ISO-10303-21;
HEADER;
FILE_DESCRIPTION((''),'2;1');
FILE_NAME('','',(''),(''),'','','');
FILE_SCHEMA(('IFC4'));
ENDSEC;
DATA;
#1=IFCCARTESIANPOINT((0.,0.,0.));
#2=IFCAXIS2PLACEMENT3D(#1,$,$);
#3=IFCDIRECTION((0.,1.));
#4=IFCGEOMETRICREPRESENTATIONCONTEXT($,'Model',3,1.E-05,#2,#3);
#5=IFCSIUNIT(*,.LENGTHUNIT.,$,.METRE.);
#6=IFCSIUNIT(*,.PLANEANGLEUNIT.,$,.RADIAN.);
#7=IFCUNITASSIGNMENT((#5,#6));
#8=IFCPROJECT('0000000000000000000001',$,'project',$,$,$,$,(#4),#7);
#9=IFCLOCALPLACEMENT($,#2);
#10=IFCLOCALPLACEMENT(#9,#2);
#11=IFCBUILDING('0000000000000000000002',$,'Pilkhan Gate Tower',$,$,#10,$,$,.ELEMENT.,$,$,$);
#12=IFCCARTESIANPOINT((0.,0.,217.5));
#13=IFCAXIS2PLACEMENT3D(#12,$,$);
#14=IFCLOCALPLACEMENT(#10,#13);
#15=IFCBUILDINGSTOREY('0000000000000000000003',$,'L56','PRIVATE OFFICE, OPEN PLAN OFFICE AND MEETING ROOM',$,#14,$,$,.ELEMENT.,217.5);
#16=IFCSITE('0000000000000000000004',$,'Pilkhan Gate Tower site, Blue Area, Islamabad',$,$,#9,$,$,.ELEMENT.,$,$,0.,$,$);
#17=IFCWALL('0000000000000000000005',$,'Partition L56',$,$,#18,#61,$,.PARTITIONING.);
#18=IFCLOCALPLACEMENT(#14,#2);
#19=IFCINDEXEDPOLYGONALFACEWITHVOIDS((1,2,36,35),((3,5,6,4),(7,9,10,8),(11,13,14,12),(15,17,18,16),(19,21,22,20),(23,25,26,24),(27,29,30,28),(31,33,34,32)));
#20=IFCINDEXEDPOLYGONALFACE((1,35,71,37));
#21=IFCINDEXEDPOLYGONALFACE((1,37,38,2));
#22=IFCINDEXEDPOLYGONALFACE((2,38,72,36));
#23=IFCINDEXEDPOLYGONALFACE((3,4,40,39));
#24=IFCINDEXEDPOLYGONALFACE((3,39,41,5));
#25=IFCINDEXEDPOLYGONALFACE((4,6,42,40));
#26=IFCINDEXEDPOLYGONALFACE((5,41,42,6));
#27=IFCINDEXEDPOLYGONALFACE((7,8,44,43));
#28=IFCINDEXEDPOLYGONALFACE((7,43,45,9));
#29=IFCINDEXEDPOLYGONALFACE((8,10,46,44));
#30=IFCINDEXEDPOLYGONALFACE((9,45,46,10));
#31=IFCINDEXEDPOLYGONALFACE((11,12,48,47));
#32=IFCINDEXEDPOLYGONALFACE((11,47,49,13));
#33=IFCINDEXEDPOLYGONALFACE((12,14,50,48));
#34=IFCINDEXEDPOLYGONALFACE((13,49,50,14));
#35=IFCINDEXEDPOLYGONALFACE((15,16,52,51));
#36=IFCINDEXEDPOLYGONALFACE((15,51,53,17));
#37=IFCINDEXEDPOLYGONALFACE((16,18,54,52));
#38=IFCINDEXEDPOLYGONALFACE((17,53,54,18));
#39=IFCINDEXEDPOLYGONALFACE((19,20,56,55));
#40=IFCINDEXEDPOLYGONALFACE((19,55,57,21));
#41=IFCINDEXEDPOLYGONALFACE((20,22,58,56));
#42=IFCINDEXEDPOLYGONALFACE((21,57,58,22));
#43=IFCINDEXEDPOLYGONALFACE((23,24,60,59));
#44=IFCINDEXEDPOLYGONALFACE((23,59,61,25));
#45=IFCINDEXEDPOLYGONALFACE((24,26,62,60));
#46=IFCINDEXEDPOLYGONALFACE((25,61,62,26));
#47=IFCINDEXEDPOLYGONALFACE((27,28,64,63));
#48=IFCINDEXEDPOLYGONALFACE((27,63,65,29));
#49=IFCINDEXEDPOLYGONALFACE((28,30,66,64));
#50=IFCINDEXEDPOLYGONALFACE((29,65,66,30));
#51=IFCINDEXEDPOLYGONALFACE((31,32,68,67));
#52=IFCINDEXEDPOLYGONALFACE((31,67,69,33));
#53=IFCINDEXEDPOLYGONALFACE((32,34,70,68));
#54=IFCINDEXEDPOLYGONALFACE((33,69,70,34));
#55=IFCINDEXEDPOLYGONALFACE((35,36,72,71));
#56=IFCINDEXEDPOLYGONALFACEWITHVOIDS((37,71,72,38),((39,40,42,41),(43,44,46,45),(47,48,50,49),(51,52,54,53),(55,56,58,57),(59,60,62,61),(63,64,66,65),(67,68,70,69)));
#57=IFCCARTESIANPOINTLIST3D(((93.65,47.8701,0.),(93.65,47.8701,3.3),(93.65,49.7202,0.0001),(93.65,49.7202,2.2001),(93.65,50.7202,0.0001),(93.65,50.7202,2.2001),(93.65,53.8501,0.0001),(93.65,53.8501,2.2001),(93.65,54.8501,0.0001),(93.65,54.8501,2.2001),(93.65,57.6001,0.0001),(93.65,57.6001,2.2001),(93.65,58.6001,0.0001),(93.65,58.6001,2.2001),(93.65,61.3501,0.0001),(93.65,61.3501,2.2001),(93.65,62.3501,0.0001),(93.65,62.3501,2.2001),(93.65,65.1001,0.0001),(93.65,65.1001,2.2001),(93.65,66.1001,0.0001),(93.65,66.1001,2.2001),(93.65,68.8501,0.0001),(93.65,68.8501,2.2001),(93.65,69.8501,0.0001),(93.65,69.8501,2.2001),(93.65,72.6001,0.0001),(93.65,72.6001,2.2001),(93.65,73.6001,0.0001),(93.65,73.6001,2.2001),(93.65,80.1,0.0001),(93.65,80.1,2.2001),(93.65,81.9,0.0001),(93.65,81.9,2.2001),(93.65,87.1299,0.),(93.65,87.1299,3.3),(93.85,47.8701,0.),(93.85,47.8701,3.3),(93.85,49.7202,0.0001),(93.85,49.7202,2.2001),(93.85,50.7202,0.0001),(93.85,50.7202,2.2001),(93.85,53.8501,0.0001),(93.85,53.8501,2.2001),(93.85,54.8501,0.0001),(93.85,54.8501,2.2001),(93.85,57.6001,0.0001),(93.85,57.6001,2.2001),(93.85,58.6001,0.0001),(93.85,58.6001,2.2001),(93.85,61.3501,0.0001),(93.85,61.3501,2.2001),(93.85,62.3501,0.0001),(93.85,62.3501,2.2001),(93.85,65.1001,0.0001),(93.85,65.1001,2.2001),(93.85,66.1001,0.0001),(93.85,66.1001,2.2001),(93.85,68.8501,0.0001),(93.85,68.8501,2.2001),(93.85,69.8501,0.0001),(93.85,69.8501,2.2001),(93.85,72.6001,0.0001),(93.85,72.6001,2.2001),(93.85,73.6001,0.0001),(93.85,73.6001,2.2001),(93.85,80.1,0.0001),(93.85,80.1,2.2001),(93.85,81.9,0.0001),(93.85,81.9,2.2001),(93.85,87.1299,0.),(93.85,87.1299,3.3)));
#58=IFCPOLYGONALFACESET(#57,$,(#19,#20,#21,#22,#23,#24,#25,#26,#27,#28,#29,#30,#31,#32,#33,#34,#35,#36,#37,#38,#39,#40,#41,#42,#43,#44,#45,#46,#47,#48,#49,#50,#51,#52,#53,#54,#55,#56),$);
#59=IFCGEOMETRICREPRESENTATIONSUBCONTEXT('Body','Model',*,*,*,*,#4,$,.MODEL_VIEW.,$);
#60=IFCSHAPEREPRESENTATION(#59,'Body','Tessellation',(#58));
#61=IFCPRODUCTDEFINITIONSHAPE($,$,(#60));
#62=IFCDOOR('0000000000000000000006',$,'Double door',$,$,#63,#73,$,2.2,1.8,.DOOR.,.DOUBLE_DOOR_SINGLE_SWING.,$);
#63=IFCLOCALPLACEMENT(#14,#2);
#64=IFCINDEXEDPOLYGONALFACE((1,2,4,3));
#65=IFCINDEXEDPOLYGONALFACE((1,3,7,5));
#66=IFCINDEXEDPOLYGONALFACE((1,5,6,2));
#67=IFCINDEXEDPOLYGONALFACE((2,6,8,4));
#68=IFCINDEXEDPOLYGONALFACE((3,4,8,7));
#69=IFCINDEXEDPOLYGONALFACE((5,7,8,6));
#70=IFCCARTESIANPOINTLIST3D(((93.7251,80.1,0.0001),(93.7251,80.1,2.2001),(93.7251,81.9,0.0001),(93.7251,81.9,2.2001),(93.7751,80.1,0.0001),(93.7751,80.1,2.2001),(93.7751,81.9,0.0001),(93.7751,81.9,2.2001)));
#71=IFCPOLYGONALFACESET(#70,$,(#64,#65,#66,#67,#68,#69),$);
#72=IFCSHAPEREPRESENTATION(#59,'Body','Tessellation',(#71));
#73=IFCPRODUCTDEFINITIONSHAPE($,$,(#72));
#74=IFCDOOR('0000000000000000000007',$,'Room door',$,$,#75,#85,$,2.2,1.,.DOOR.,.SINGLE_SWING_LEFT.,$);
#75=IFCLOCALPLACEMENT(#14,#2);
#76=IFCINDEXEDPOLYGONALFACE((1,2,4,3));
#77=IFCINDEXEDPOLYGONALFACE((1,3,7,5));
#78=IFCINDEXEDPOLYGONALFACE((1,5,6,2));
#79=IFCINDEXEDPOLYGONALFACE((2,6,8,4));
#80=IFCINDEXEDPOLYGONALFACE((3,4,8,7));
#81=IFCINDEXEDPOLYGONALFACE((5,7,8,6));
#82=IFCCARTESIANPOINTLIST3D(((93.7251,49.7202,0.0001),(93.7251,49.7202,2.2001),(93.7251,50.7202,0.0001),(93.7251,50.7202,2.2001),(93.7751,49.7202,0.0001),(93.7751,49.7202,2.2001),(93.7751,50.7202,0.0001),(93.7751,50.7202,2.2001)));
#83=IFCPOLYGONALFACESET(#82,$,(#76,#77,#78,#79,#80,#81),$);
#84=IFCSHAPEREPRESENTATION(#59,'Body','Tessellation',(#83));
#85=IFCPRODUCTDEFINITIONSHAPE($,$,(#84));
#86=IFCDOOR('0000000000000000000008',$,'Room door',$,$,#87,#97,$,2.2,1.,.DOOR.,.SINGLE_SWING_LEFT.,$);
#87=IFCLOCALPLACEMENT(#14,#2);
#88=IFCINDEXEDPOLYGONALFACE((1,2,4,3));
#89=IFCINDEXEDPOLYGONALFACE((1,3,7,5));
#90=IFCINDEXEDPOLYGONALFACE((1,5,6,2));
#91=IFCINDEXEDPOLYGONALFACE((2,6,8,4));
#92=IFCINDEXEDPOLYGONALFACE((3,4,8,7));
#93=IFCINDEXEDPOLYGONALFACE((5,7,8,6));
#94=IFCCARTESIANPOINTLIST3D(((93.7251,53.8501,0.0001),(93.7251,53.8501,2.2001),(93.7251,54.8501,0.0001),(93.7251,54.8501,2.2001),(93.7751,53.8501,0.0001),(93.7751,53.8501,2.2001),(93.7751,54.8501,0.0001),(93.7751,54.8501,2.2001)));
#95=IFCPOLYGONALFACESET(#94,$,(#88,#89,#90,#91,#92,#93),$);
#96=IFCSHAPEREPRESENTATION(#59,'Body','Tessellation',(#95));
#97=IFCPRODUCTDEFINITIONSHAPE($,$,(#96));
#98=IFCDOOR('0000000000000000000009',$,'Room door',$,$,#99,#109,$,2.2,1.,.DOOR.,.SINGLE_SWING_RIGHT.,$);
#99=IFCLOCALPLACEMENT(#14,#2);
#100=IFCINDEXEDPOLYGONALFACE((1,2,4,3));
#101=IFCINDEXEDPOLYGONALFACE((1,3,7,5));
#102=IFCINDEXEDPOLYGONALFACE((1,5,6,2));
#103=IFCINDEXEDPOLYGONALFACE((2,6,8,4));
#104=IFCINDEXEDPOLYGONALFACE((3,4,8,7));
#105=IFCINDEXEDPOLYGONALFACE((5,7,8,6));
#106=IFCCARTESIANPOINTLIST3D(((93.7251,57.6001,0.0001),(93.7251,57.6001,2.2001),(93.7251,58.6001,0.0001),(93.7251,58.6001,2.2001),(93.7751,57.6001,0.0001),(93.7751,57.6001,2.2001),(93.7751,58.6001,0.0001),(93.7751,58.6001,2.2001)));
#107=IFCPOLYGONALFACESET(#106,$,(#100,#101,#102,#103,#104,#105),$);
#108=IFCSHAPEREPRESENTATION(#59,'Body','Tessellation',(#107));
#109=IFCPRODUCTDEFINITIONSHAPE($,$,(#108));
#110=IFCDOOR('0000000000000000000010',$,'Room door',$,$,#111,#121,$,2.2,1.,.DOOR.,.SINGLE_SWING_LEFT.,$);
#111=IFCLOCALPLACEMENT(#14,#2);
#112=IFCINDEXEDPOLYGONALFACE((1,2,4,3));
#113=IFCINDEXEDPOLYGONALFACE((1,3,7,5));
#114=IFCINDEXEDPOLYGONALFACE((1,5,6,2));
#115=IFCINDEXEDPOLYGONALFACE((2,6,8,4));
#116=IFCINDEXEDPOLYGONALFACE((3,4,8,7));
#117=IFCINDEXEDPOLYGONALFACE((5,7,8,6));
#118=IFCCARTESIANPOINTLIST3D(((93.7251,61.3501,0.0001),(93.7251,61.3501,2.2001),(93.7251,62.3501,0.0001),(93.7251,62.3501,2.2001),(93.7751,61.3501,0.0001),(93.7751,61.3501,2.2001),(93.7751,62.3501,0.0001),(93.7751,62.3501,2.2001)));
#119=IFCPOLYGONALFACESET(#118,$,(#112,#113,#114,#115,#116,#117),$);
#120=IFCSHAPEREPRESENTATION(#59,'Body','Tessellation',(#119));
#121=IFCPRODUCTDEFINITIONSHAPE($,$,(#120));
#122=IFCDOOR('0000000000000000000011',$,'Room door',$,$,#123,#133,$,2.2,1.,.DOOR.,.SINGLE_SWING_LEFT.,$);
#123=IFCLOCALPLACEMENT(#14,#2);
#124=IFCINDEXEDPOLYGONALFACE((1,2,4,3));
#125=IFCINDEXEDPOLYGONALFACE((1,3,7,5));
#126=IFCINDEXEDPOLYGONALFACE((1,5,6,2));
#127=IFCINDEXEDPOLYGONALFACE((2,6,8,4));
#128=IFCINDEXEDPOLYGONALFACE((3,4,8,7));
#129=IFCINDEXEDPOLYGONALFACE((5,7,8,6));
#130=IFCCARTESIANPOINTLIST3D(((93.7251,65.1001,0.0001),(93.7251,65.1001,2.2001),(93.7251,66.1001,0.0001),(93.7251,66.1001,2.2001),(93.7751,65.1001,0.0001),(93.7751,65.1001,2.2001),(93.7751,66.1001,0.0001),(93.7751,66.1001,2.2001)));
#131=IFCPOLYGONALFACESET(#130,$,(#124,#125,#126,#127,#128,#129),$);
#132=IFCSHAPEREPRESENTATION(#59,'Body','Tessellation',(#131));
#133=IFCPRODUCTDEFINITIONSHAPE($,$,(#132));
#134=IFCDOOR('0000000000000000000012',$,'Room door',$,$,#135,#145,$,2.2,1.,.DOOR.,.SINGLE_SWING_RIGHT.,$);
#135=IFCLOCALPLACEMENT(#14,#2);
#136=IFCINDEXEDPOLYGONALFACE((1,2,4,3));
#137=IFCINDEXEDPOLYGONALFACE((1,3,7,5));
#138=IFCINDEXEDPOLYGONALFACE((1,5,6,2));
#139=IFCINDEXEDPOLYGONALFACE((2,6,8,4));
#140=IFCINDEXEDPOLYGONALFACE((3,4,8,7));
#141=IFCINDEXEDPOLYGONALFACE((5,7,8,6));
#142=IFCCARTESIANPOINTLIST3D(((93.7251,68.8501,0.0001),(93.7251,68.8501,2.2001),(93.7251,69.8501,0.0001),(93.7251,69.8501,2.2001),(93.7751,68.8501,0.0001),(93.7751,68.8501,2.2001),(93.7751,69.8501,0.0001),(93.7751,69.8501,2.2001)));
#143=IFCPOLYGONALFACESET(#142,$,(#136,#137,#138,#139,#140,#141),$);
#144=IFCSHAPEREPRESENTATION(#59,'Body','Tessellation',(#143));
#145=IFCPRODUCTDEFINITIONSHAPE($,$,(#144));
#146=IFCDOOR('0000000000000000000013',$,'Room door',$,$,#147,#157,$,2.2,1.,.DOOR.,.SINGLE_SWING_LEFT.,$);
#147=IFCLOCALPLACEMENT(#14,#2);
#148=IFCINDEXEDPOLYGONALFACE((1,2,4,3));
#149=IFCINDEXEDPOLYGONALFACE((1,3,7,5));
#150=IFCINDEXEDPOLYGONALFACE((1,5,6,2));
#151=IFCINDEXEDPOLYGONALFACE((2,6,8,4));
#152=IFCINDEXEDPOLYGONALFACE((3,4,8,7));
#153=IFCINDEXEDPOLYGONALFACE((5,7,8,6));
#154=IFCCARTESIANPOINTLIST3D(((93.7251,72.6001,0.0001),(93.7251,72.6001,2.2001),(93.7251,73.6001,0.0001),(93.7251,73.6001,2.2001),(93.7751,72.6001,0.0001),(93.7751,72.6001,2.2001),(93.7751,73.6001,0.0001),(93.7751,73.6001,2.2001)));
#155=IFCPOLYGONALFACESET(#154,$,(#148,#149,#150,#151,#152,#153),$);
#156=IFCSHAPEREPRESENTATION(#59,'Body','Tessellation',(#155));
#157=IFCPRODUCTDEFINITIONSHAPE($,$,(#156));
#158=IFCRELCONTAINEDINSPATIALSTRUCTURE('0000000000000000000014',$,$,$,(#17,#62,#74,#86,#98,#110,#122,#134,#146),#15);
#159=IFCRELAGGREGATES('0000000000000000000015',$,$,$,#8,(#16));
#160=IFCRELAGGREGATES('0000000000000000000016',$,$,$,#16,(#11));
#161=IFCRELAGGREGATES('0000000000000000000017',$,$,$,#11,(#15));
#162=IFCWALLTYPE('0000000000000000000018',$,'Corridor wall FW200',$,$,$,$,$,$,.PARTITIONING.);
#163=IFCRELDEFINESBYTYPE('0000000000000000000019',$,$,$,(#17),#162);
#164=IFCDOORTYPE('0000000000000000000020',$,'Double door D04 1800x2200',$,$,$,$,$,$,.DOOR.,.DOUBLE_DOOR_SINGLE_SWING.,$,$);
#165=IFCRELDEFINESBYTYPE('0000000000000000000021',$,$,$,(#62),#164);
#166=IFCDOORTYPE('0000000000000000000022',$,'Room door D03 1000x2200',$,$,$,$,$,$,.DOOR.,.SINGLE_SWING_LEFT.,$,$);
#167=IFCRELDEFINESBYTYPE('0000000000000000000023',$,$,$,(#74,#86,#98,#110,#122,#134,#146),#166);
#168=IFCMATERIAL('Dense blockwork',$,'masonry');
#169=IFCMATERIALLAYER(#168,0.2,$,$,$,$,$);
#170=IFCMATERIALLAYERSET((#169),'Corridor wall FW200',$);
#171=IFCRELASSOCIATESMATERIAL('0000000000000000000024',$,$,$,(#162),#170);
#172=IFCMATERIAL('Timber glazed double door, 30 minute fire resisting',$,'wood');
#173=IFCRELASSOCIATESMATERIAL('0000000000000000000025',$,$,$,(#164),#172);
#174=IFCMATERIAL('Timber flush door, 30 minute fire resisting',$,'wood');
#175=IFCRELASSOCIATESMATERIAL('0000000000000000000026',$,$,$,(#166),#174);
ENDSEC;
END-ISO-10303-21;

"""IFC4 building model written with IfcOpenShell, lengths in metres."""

from ifc_helpers import new_model, si_unit, direction, frame, frame_2d, origin, place, context, subcontext, project, spatial, rectangle, extrude, material, layer, layer_set, type_object, element, fill, save


model = new_model("IFC4")

# Units and contexts
model_context = context("Model", 3, precision=1e-05, world=origin(), true_north=direction((0.0, 1.0)))
body_context = subcontext(model_context, "Body", "Model", "MODEL_VIEW")
ifc_project = project(units=[si_unit("LENGTHUNIT", "METRE"), si_unit("PLANEANGLEUNIT", "RADIAN")], contexts=[model_context])

# Site, building, storey
site_placement = place(None, origin())
site = spatial("IfcSite", under=ifc_project, at=site_placement, Name="Pilkhan Gate Tower site, Blue Area, Islamabad", CompositionType="ELEMENT", RefElevation=0.0)
building_placement = place(site_placement, origin())
building = spatial("IfcBuilding", under=site, at=building_placement, Name="Pilkhan Gate Tower", CompositionType="ELEMENT")
storey_placement = place(building_placement, frame((0.0, 0.0, 217.5)))
storey = spatial("IfcBuildingStorey", under=building, at=storey_placement, Name="L56", Description="PRIVATE OFFICE, OPEN PLAN OFFICE AND MEETING ROOM", CompositionType="ELEMENT", Elevation=217.5)

# Shared definitions
ifc_material_1 = material(Name="Dense blockwork", Category="masonry")
ifc_layer_1 = layer(ifc_material_1, 0.2)
ifc_layer_set_1 = layer_set([ifc_layer_1], Name="Corridor wall FW200")
wall_type = type_object("IfcWallType", Name="Corridor wall FW200", PredefinedType="PARTITIONING", material=ifc_layer_set_1)

# Wall, openings, doors
wall_1_placement = place(storey_placement, frame((93.75, 47.8701, 0.0), z_axis=(0.0, 0.0, 1.0), x_axis=(0.0, 1.0, 0.0)))
wall_1 = element("IfcWall", 1, at=wall_1_placement, inside=storey, type_object=wall_type, Name="Partition L56", PredefinedType="PARTITIONING", context=body_context, shape_type="SweptSolid", body=[
    extrude(rectangle(XDim=39.2598, YDim=0.2, at=frame_2d((19.6299, 0.0))), origin(), (0.0, 0.0, 1.0), 3.3),
])
opening_1_placement = place(wall_1_placement, frame((1.8501, 0.0, 0.0)))
opening_1 = element("IfcOpeningElement", 2, at=opening_1_placement, cuts=wall_1, PredefinedType="OPENING", context=body_context, shape_type="SweptSolid", body=[
    extrude(rectangle(XDim=1.0, YDim=2.2, at=frame_2d((0.5, 1.1001))), frame((0.0, 0.1099, 0.0), z_axis=(0.0, -1.0, 0.0), x_axis=(1.0, 0.0, 0.0)), (0.0, 0.0, 1.0), 0.22),
])
opening_2_placement = place(wall_1_placement, frame((5.98, 0.0, 0.0)))
opening_2 = element("IfcOpeningElement", 3, at=opening_2_placement, cuts=wall_1, PredefinedType="OPENING", context=body_context, shape_type="SweptSolid", body=[
    extrude(rectangle(XDim=1.0, YDim=2.2, at=frame_2d((0.5, 1.1001))), frame((0.0, 0.1099, 0.0), z_axis=(0.0, -1.0, 0.0), x_axis=(1.0, 0.0, 0.0)), (0.0, 0.0, 1.0), 0.22),
])
opening_3_placement = place(wall_1_placement, frame((9.73, 0.0, 0.0)))
opening_3 = element("IfcOpeningElement", 4, at=opening_3_placement, cuts=wall_1, PredefinedType="OPENING", context=body_context, shape_type="SweptSolid", body=[
    extrude(rectangle(XDim=1.0, YDim=2.2, at=frame_2d((0.5, 1.1001))), frame((0.0, 0.1099, 0.0), z_axis=(0.0, -1.0, 0.0), x_axis=(1.0, 0.0, 0.0)), (0.0, 0.0, 1.0), 0.22),
])
opening_4_placement = place(wall_1_placement, frame((13.48, 0.0, 0.0)))
opening_4 = element("IfcOpeningElement", 5, at=opening_4_placement, cuts=wall_1, PredefinedType="OPENING", context=body_context, shape_type="SweptSolid", body=[
    extrude(rectangle(XDim=1.0, YDim=2.2, at=frame_2d((0.5, 1.1001))), frame((0.0, 0.1099, 0.0), z_axis=(0.0, -1.0, 0.0), x_axis=(1.0, 0.0, 0.0)), (0.0, 0.0, 1.0), 0.22),
])
opening_5_placement = place(wall_1_placement, frame((17.23, 0.0, 0.0)))
opening_5 = element("IfcOpeningElement", 6, at=opening_5_placement, cuts=wall_1, PredefinedType="OPENING", context=body_context, shape_type="SweptSolid", body=[
    extrude(rectangle(XDim=1.0, YDim=2.2, at=frame_2d((0.5, 1.1001))), frame((0.0, 0.1099, 0.0), z_axis=(0.0, -1.0, 0.0), x_axis=(1.0, 0.0, 0.0)), (0.0, 0.0, 1.0), 0.22),
])
opening_6_placement = place(wall_1_placement, frame((20.98, 0.0, 0.0)))
opening_6 = element("IfcOpeningElement", 7, at=opening_6_placement, cuts=wall_1, PredefinedType="OPENING", context=body_context, shape_type="SweptSolid", body=[
    extrude(rectangle(XDim=1.0, YDim=2.2, at=frame_2d((0.5, 1.1001))), frame((0.0, 0.1099, 0.0), z_axis=(0.0, -1.0, 0.0), x_axis=(1.0, 0.0, 0.0)), (0.0, 0.0, 1.0), 0.22),
])
opening_7_placement = place(wall_1_placement, frame((24.73, 0.0, 0.0)))
opening_7 = element("IfcOpeningElement", 8, at=opening_7_placement, cuts=wall_1, PredefinedType="OPENING", context=body_context, shape_type="SweptSolid", body=[
    extrude(rectangle(XDim=1.0, YDim=2.2, at=frame_2d((0.5, 1.1001))), frame((0.0, 0.1099, 0.0), z_axis=(0.0, -1.0, 0.0), x_axis=(1.0, 0.0, 0.0)), (0.0, 0.0, 1.0), 0.22),
])
opening_8_placement = place(wall_1_placement, frame((32.23, 0.0, 0.0)))
opening_8 = element("IfcOpeningElement", 9, at=opening_8_placement, cuts=wall_1, PredefinedType="OPENING", context=body_context, shape_type="SweptSolid", body=[
    extrude(rectangle(XDim=1.8, YDim=2.2, at=frame_2d((0.8999, 1.1001))), frame((0.0, 0.1099, 0.0), z_axis=(0.0, -1.0, 0.0), x_axis=(1.0, 0.0, 0.0)), (0.0, 0.0, 1.0), 0.22),
])
ifc_material_2 = material(Name="Timber glazed double door, 30 minute fire resisting", Category="wood")
door_type_1 = type_object("IfcDoorType", Name="Double door D04 1800x2200", OperationType="DOUBLE_DOOR_SINGLE_SWING", PredefinedType="DOOR", material=ifc_material_2)
door_1_placement = place(opening_8_placement, origin())
door_1 = element("IfcDoor", 10, at=door_1_placement, inside=storey, type_object=door_type_1, Name="Double door", OperationType="DOUBLE_DOOR_SINGLE_SWING", OverallHeight=2.2, OverallWidth=1.8, PredefinedType="DOOR", context=body_context, shape_type="SweptSolid", body=[
    extrude(rectangle(XDim=1.8, YDim=2.2, at=frame_2d((0.8999, 1.1001))), frame((0.0, 0.0249, 0.0), z_axis=(0.0, -1.0, 0.0), x_axis=(1.0, 0.0, 0.0)), (0.0, 0.0, 1.0), 0.05),
])
fill(opening_8, door_1)
ifc_material_3 = material(Name="Timber flush door, 30 minute fire resisting", Category="wood")
door_type_2 = type_object("IfcDoorType", Name="Room door D03 1000x2200", OperationType="SINGLE_SWING_LEFT", PredefinedType="DOOR", material=ifc_material_3)
door_2_placement = place(opening_1_placement, origin())
door_2 = element("IfcDoor", 11, at=door_2_placement, inside=storey, type_object=door_type_2, Name="Room door", OperationType="SINGLE_SWING_LEFT", OverallHeight=2.2, OverallWidth=1.0, PredefinedType="DOOR", context=body_context, shape_type="SweptSolid", body=[
    extrude(rectangle(XDim=1.0, YDim=2.2, at=frame_2d((0.5, 1.1001))), frame((0.0, 0.0249, 0.0), z_axis=(0.0, -1.0, 0.0), x_axis=(1.0, 0.0, 0.0)), (0.0, 0.0, 1.0), 0.05),
])
fill(opening_1, door_2)
door_3_placement = place(opening_2_placement, origin())
door_3 = element("IfcDoor", 12, at=door_3_placement, inside=storey, type_object=door_type_2, Name="Room door", OperationType="SINGLE_SWING_LEFT", OverallHeight=2.2, OverallWidth=1.0, PredefinedType="DOOR", context=body_context, shape_type="SweptSolid", body=[
    extrude(rectangle(XDim=1.0, YDim=2.2, at=frame_2d((0.5, 1.1001))), frame((0.0, 0.0249, 0.0), z_axis=(0.0, -1.0, 0.0), x_axis=(1.0, 0.0, 0.0)), (0.0, 0.0, 1.0), 0.05),
])
fill(opening_2, door_3)
door_4_placement = place(opening_3_placement, origin())
door_4 = element("IfcDoor", 13, at=door_4_placement, inside=storey, type_object=door_type_2, Name="Room door", OperationType="SINGLE_SWING_RIGHT", OverallHeight=2.2, OverallWidth=1.0, PredefinedType="DOOR", context=body_context, shape_type="SweptSolid", body=[
    extrude(rectangle(XDim=1.0, YDim=2.2, at=frame_2d((0.5, 1.1001))), frame((0.0, 0.0249, 0.0), z_axis=(0.0, -1.0, 0.0), x_axis=(1.0, 0.0, 0.0)), (0.0, 0.0, 1.0), 0.05),
])
fill(opening_3, door_4)
door_5_placement = place(opening_4_placement, origin())
door_5 = element("IfcDoor", 14, at=door_5_placement, inside=storey, type_object=door_type_2, Name="Room door", OperationType="SINGLE_SWING_LEFT", OverallHeight=2.2, OverallWidth=1.0, PredefinedType="DOOR", context=body_context, shape_type="SweptSolid", body=[
    extrude(rectangle(XDim=1.0, YDim=2.2, at=frame_2d((0.5, 1.1001))), frame((0.0, 0.0249, 0.0), z_axis=(0.0, -1.0, 0.0), x_axis=(1.0, 0.0, 0.0)), (0.0, 0.0, 1.0), 0.05),
])
fill(opening_4, door_5)
door_6_placement = place(opening_5_placement, origin())
door_6 = element("IfcDoor", 15, at=door_6_placement, inside=storey, type_object=door_type_2, Name="Room door", OperationType="SINGLE_SWING_LEFT", OverallHeight=2.2, OverallWidth=1.0, PredefinedType="DOOR", context=body_context, shape_type="SweptSolid", body=[
    extrude(rectangle(XDim=1.0, YDim=2.2, at=frame_2d((0.5, 1.1001))), frame((0.0, 0.0249, 0.0), z_axis=(0.0, -1.0, 0.0), x_axis=(1.0, 0.0, 0.0)), (0.0, 0.0, 1.0), 0.05),
])
fill(opening_5, door_6)
door_7_placement = place(opening_6_placement, origin())
door_7 = element("IfcDoor", 16, at=door_7_placement, inside=storey, type_object=door_type_2, Name="Room door", OperationType="SINGLE_SWING_RIGHT", OverallHeight=2.2, OverallWidth=1.0, PredefinedType="DOOR", context=body_context, shape_type="SweptSolid", body=[
    extrude(rectangle(XDim=1.0, YDim=2.2, at=frame_2d((0.5, 1.1001))), frame((0.0, 0.0249, 0.0), z_axis=(0.0, -1.0, 0.0), x_axis=(1.0, 0.0, 0.0)), (0.0, 0.0, 1.0), 0.05),
])
fill(opening_6, door_7)
door_8_placement = place(opening_7_placement, origin())
door_8 = element("IfcDoor", 17, at=door_8_placement, inside=storey, type_object=door_type_2, Name="Room door", OperationType="SINGLE_SWING_LEFT", OverallHeight=2.2, OverallWidth=1.0, PredefinedType="DOOR", context=body_context, shape_type="SweptSolid", body=[
    extrude(rectangle(XDim=1.0, YDim=2.2, at=frame_2d((0.5, 1.1001))), frame((0.0, 0.0249, 0.0), z_axis=(0.0, -1.0, 0.0), x_axis=(1.0, 0.0, 0.0)), (0.0, 0.0, 1.0), 0.05),
])
fill(opening_7, door_8)

save(model, "model.ifc")
